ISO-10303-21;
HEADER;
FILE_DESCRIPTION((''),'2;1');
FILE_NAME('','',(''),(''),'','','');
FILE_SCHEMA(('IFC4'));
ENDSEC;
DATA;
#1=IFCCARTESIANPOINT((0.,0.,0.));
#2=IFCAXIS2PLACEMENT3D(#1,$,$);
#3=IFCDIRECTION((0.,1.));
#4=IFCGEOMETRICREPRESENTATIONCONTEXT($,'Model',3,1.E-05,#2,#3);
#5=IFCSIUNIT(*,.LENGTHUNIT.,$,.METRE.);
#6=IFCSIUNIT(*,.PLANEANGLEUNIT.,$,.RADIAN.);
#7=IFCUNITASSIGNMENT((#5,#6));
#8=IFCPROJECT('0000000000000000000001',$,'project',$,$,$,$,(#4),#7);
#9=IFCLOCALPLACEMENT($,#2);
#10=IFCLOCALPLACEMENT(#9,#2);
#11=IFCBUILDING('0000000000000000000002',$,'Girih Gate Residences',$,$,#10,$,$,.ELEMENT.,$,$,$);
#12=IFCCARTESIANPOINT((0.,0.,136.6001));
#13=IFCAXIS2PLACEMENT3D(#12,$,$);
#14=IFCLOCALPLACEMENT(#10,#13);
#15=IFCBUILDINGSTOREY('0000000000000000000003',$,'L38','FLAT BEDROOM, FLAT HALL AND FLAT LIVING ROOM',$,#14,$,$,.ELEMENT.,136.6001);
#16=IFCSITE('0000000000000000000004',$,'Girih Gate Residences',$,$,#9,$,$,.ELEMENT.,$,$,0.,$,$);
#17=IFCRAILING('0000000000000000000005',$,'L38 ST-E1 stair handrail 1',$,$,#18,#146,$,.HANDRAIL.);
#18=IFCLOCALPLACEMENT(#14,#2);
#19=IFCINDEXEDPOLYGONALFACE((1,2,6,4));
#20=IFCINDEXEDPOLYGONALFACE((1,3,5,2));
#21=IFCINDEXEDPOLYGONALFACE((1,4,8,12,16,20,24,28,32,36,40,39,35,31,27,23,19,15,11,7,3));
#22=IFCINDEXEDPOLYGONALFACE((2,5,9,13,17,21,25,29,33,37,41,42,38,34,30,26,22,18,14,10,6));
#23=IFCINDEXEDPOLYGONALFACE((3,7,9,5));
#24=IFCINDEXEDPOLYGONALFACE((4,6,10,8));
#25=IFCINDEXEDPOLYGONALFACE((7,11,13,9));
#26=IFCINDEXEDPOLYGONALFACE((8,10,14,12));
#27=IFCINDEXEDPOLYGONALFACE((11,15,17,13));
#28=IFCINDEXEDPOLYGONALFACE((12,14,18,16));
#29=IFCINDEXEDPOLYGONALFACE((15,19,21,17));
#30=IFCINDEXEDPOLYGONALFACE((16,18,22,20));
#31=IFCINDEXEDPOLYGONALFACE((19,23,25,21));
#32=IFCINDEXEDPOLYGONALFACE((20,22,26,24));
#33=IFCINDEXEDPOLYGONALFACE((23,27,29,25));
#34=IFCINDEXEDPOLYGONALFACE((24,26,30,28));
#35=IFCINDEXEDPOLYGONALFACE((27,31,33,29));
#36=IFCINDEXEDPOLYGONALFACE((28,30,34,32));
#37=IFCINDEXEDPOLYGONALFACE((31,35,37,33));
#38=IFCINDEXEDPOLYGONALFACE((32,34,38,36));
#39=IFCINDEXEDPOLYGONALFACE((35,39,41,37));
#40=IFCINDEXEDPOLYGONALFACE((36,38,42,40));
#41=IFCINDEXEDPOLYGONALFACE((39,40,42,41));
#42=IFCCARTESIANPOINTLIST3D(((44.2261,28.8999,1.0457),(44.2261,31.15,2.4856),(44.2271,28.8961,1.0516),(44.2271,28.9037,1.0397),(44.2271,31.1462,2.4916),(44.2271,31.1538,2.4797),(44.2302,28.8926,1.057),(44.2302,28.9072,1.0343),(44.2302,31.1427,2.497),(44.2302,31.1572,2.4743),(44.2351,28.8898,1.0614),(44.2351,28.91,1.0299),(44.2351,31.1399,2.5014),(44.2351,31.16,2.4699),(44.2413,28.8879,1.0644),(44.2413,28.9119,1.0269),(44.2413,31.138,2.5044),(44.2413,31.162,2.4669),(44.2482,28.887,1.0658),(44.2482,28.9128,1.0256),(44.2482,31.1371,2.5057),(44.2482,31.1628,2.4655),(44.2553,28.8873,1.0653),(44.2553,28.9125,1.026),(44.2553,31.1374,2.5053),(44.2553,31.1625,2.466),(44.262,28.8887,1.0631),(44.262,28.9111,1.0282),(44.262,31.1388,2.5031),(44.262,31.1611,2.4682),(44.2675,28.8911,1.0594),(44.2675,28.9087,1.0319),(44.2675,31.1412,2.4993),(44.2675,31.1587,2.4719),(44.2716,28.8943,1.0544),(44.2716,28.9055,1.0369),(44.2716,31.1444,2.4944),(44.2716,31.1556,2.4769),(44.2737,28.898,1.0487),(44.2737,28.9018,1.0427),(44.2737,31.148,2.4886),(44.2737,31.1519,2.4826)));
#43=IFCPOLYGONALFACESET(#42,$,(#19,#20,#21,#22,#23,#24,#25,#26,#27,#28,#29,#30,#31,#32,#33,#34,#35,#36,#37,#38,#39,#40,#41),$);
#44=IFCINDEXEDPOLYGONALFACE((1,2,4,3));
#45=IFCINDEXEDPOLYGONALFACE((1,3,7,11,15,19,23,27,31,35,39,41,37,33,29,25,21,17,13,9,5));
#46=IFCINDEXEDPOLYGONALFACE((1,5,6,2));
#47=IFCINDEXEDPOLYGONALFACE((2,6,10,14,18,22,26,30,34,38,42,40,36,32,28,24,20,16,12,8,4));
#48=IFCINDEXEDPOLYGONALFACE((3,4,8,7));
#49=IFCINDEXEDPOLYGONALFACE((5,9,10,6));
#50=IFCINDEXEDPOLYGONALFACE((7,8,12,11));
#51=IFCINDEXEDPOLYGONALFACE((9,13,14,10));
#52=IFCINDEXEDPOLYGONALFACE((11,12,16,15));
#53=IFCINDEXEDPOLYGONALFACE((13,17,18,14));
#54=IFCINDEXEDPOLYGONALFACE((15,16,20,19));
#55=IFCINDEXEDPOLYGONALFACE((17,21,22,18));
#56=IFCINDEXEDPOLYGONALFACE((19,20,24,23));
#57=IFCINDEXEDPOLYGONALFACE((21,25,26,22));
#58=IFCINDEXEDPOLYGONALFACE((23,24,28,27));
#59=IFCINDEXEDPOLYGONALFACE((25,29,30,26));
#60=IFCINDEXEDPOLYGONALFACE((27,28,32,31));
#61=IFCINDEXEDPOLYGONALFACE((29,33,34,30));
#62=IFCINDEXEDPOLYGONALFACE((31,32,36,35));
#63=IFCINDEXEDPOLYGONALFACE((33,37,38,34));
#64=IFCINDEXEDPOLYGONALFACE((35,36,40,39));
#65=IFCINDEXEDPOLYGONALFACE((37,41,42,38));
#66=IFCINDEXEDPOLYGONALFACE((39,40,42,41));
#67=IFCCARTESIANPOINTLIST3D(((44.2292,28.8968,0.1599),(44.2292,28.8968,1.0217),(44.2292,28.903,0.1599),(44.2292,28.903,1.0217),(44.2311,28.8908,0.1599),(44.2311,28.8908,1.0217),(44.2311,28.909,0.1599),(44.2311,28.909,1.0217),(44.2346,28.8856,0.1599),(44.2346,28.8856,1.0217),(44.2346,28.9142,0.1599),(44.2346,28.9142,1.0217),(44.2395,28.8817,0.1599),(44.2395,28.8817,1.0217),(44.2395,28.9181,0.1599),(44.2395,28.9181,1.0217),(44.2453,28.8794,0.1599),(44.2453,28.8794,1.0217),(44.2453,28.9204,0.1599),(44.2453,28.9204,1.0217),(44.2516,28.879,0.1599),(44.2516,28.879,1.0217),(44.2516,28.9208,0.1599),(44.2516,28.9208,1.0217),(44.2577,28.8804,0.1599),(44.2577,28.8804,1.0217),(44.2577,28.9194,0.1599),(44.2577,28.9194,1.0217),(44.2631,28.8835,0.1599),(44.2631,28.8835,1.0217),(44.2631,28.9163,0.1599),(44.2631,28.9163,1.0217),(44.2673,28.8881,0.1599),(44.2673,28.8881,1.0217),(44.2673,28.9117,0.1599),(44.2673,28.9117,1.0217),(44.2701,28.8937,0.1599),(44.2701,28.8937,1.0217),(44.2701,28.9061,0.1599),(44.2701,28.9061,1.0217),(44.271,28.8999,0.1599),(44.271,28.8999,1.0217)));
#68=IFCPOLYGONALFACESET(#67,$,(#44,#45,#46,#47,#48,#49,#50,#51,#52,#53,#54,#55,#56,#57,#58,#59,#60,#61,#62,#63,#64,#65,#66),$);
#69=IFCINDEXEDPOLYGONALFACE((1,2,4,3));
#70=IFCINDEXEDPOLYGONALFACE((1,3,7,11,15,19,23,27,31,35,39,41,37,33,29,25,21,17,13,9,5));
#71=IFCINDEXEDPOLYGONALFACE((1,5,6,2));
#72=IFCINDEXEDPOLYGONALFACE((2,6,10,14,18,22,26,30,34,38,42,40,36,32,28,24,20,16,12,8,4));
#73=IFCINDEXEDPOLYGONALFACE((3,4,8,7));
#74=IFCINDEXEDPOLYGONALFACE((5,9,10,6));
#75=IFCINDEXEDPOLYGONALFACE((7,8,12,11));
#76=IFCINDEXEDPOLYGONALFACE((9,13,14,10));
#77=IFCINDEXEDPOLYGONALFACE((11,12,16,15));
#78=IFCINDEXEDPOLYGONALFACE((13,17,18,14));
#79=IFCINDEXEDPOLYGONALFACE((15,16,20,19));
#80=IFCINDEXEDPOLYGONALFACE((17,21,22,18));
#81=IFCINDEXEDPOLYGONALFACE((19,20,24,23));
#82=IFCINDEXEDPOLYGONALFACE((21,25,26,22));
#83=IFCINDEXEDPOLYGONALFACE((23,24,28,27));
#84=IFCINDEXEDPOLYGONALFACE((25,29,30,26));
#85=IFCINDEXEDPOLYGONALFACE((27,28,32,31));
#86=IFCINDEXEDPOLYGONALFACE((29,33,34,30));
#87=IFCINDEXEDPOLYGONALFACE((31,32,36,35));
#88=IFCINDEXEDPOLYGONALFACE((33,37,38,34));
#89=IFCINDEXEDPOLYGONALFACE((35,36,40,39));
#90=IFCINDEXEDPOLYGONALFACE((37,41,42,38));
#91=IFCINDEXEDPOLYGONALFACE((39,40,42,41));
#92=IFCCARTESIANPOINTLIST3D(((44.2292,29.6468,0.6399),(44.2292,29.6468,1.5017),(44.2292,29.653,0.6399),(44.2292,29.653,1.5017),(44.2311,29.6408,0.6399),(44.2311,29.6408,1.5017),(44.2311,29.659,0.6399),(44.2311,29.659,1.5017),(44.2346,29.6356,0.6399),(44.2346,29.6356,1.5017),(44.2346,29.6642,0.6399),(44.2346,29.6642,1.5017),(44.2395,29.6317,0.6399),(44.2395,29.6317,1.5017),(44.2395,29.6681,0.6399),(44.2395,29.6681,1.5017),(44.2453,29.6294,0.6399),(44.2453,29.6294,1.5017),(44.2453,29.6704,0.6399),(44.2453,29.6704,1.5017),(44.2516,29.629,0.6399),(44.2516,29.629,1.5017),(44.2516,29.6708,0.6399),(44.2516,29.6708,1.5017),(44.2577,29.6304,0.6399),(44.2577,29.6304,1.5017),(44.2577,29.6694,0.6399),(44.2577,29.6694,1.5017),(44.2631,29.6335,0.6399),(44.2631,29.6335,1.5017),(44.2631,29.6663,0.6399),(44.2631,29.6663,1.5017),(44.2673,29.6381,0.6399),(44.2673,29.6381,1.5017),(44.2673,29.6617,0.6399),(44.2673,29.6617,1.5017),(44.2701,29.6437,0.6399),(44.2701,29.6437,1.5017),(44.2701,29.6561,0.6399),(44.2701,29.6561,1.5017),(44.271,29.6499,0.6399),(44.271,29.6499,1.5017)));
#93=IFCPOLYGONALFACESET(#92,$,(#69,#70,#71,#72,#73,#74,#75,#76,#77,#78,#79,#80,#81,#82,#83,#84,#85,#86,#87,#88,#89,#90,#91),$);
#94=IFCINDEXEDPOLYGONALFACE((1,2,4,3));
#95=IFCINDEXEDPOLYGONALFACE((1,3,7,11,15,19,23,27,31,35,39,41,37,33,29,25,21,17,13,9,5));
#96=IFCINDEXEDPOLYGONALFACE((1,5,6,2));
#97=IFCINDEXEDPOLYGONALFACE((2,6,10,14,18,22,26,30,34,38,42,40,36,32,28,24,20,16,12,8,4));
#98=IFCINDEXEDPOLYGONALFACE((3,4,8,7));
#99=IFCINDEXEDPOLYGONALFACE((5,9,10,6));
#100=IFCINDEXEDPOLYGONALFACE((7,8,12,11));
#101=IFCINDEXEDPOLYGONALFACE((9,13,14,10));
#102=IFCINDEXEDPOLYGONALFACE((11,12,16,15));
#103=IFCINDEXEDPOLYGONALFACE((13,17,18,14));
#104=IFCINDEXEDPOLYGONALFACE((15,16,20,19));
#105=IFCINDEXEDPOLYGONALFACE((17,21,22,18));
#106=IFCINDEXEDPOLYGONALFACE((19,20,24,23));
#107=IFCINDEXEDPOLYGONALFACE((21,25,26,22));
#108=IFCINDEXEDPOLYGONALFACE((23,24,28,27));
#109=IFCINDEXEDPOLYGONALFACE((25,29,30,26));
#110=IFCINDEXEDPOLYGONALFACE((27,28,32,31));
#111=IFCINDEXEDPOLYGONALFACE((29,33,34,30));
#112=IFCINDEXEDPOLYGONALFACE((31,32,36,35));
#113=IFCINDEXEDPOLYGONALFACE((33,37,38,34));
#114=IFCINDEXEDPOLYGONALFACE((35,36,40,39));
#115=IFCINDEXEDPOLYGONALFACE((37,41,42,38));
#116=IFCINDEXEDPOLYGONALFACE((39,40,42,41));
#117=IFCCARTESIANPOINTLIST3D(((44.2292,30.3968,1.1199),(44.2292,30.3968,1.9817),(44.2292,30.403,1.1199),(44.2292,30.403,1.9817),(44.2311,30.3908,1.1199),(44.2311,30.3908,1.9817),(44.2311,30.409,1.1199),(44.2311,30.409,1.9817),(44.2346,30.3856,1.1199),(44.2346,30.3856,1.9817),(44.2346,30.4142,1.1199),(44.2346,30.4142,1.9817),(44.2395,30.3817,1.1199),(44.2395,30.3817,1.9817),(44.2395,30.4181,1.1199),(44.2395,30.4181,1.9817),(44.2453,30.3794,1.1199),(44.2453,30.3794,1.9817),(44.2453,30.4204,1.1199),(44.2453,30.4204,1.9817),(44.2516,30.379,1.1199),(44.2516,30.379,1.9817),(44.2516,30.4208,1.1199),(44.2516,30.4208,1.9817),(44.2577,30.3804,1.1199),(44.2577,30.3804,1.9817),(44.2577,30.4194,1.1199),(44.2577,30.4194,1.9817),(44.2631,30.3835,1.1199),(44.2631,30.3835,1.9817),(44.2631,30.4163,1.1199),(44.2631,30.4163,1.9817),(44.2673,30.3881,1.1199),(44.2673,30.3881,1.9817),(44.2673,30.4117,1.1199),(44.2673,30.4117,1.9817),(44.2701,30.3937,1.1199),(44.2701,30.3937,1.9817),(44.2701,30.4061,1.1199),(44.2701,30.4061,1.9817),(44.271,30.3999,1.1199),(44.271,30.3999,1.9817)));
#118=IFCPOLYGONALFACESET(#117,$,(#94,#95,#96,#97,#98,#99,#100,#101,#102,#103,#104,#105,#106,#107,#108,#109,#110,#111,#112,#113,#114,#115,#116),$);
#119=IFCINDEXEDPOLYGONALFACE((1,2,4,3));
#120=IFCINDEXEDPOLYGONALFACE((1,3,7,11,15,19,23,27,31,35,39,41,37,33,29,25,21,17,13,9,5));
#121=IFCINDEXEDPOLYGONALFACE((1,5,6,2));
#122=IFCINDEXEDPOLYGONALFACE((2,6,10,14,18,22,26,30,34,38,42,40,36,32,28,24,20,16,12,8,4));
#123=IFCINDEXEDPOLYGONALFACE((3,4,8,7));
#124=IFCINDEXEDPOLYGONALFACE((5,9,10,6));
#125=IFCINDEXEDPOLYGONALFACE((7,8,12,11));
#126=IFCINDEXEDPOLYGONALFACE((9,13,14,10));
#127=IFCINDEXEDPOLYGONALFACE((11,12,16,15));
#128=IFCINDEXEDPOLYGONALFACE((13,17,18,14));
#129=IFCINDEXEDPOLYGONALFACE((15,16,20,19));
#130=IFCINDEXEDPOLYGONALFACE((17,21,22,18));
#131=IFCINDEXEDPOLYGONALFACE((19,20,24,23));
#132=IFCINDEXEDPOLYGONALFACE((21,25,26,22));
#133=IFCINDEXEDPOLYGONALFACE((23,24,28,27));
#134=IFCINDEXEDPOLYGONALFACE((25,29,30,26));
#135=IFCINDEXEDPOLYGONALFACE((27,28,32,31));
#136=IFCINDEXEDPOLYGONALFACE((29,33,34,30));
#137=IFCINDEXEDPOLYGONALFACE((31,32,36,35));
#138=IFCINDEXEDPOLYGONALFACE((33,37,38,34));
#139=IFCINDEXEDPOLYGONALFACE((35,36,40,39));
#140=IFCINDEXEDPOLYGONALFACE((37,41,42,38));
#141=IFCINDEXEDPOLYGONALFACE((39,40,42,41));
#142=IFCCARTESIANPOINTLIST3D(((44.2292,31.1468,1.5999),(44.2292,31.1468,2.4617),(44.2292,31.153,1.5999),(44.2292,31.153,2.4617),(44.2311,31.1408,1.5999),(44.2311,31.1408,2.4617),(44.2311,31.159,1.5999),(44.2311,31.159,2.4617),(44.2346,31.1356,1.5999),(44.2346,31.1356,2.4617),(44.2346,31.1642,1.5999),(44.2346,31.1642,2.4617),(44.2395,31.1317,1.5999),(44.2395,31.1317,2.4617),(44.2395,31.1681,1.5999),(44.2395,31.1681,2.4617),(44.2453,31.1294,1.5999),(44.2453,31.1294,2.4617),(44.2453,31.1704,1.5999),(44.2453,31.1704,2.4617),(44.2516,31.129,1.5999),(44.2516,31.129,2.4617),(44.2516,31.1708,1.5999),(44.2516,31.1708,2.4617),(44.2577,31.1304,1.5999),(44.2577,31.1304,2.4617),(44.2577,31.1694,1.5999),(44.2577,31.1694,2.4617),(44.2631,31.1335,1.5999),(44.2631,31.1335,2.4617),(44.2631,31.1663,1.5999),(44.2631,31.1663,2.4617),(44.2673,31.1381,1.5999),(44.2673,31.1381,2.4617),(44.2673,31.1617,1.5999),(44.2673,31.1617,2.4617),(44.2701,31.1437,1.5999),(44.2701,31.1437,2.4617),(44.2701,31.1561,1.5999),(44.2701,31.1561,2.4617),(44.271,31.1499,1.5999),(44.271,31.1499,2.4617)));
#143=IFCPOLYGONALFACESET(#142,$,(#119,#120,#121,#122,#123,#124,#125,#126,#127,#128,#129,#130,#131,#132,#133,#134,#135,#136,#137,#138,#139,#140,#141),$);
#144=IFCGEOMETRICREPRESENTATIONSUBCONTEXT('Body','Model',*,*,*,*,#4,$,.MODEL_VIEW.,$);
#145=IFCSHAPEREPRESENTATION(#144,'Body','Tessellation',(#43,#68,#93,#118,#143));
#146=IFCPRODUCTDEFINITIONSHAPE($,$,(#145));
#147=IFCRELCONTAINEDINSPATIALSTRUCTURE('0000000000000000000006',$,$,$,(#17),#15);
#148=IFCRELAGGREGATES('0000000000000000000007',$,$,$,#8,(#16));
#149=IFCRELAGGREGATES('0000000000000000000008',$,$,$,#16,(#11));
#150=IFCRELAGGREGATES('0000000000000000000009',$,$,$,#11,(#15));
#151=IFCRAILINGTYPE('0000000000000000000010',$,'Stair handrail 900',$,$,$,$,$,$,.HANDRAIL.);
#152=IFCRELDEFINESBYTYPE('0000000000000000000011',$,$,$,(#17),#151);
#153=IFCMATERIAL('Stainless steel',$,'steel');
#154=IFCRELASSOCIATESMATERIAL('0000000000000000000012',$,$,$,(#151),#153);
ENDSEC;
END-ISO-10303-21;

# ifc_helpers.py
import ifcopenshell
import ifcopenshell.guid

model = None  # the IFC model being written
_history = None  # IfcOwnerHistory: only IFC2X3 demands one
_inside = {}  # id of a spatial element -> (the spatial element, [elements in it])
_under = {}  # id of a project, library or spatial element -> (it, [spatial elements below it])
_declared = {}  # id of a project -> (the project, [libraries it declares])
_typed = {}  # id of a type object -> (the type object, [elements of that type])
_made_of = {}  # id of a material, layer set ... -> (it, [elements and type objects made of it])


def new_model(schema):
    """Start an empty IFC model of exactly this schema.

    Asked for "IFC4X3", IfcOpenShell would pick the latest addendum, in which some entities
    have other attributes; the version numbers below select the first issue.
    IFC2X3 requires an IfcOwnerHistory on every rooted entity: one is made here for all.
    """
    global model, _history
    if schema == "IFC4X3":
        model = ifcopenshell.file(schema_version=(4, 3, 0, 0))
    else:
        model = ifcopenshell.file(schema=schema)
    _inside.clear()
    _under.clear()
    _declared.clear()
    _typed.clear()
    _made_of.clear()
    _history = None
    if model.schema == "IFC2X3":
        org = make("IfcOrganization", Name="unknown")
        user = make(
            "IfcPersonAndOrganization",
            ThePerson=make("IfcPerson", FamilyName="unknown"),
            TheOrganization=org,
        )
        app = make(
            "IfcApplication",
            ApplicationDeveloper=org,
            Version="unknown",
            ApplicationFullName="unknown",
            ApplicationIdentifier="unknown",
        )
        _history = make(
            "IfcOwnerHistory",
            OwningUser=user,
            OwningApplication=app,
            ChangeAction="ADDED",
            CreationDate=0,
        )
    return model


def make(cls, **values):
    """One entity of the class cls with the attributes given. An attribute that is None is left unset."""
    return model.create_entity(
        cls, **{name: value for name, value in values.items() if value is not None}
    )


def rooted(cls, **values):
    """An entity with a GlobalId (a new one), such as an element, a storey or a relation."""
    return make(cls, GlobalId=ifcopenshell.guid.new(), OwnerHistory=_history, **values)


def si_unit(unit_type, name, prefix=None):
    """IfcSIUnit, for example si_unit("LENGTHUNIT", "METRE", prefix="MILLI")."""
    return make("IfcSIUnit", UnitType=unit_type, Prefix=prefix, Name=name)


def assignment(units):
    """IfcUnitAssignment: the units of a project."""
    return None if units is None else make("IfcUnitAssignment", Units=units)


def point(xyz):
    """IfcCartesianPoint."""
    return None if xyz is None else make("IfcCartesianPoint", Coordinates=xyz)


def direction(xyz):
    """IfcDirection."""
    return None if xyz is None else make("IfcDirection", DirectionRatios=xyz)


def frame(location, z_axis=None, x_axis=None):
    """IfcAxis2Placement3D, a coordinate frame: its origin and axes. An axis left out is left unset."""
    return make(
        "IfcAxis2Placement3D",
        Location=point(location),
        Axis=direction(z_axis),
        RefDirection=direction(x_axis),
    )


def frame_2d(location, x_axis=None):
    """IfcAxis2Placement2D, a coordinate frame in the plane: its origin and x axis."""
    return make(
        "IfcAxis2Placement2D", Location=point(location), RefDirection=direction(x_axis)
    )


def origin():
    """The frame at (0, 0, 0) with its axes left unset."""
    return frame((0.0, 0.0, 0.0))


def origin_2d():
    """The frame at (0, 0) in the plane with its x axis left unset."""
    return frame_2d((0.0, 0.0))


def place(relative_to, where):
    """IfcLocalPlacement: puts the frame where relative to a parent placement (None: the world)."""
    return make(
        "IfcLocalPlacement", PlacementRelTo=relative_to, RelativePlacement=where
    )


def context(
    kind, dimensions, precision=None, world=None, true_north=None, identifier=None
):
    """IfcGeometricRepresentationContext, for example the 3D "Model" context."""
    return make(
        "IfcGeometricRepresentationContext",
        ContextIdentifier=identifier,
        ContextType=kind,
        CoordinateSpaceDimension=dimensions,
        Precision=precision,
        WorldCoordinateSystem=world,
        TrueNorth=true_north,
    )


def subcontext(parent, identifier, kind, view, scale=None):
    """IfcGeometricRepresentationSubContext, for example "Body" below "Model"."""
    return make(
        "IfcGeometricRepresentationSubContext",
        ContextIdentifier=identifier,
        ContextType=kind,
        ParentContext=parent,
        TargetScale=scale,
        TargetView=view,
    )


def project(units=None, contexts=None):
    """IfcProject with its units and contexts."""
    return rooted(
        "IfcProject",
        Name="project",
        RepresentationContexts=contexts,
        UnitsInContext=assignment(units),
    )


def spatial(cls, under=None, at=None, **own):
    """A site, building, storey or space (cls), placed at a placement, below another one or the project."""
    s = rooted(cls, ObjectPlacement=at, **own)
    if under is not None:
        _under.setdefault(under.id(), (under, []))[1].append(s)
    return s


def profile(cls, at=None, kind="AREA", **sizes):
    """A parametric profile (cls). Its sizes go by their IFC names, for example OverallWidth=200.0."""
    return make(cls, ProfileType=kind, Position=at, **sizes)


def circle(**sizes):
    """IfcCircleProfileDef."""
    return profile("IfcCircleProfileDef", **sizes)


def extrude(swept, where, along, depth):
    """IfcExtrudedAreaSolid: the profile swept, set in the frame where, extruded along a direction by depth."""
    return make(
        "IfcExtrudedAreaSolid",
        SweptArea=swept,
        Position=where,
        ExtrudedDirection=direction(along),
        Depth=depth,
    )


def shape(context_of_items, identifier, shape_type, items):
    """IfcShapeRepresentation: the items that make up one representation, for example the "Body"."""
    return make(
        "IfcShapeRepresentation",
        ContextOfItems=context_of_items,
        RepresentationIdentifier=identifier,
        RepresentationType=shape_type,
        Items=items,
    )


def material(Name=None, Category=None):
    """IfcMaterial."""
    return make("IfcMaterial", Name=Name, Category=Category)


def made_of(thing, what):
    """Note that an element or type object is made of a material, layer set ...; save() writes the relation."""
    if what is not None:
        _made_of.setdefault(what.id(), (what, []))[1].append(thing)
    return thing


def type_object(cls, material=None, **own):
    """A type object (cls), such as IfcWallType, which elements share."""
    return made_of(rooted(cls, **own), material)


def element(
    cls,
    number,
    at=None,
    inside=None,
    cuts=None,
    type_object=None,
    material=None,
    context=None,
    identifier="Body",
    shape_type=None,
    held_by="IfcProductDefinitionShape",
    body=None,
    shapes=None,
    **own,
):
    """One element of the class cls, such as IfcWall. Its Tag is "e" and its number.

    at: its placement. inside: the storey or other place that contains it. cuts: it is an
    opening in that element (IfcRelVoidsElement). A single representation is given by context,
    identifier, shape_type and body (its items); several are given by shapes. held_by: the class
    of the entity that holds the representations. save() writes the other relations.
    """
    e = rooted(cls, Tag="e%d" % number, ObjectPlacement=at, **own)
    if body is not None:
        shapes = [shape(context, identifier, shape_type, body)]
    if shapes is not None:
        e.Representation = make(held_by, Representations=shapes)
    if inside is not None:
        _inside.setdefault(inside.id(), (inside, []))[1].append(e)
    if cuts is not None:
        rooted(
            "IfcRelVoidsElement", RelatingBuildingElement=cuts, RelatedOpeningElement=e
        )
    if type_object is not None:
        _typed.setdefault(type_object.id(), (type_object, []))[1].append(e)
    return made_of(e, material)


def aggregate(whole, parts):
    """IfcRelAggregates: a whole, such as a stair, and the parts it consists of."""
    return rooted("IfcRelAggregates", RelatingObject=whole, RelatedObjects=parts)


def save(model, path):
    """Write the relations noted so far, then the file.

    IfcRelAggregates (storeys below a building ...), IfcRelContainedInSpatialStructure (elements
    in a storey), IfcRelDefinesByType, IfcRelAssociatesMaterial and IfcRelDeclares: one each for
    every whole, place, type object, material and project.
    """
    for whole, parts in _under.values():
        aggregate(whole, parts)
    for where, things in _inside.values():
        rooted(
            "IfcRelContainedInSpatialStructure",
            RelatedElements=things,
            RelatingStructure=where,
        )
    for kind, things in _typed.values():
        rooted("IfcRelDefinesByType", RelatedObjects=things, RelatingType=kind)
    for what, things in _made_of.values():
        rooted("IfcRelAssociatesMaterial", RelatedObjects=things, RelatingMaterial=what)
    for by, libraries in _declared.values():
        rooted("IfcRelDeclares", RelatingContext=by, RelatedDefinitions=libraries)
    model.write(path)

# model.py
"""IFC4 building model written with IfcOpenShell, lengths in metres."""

from ifc_helpers import new_model, si_unit, direction, frame, origin, origin_2d, place, context, subcontext, project, spatial, circle, extrude, material, type_object, element, save


model = new_model("IFC4")

# Units and contexts
model_context = context("Model", 3, precision=1e-05, world=origin(), true_north=direction((0.0, 1.0)))
body_context = subcontext(model_context, "Body", "Model", "MODEL_VIEW")
ifc_project = project(units=[si_unit("LENGTHUNIT", "METRE"), si_unit("PLANEANGLEUNIT", "RADIAN")], contexts=[model_context])

# Site, building, storey
site_placement = place(None, origin())
site = spatial("IfcSite", under=ifc_project, at=site_placement, Name="Girih Gate Residences", CompositionType="ELEMENT", RefElevation=0.0)
building_placement = place(site_placement, origin())
building = spatial("IfcBuilding", under=site, at=building_placement, Name="Girih Gate Residences", CompositionType="ELEMENT")
storey_placement = place(building_placement, frame((0.0, 0.0, 136.6001)))
storey = spatial("IfcBuildingStorey", under=building, at=storey_placement, Name="L38", Description="FLAT BEDROOM, FLAT HALL AND FLAT LIVING ROOM", CompositionType="ELEMENT", Elevation=136.6001)

# Railing
ifc_material_1 = material(Name="Stainless steel", Category="steel")
railing_type_1 = type_object("IfcRailingType", Name="Stair handrail 900", PredefinedType="HANDRAIL", material=ifc_material_1)
railing_1_placement = place(storey_placement, frame((44.25, 28.8999, 0.1599)))
element("IfcRailing", 1, at=railing_1_placement, inside=storey, type_object=railing_type_1, Name="L38 ST-E1 stair handrail 1", PredefinedType="HANDRAIL", context=body_context, shape_type="SweptSolid", body=[
    extrude(circle(Radius=0.0239, at=origin_2d()), frame((0.0, 0.0, 0.8857), z_axis=(0.0, 0.842281, 0.539038), x_axis=(-1.0, 0.0, 0.0)), (0.0, 0.0, 1.0), 2.6714),
    extrude(circle(Radius=0.021, at=origin_2d()), origin(), (0.0, 0.0, 1.0), 0.8618),
    extrude(circle(Radius=0.021, at=origin_2d()), frame((0.0, 0.75, 0.48)), (0.0, 0.0, 1.0), 0.8618),
    extrude(circle(Radius=0.021, at=origin_2d()), frame((0.0, 1.5, 0.96)), (0.0, 0.0, 1.0), 0.8618),
    extrude(circle(Radius=0.021, at=origin_2d()), frame((0.0, 2.25, 1.4399)), (0.0, 0.0, 1.0), 0.8618),
])

save(model, "model.ifc")
